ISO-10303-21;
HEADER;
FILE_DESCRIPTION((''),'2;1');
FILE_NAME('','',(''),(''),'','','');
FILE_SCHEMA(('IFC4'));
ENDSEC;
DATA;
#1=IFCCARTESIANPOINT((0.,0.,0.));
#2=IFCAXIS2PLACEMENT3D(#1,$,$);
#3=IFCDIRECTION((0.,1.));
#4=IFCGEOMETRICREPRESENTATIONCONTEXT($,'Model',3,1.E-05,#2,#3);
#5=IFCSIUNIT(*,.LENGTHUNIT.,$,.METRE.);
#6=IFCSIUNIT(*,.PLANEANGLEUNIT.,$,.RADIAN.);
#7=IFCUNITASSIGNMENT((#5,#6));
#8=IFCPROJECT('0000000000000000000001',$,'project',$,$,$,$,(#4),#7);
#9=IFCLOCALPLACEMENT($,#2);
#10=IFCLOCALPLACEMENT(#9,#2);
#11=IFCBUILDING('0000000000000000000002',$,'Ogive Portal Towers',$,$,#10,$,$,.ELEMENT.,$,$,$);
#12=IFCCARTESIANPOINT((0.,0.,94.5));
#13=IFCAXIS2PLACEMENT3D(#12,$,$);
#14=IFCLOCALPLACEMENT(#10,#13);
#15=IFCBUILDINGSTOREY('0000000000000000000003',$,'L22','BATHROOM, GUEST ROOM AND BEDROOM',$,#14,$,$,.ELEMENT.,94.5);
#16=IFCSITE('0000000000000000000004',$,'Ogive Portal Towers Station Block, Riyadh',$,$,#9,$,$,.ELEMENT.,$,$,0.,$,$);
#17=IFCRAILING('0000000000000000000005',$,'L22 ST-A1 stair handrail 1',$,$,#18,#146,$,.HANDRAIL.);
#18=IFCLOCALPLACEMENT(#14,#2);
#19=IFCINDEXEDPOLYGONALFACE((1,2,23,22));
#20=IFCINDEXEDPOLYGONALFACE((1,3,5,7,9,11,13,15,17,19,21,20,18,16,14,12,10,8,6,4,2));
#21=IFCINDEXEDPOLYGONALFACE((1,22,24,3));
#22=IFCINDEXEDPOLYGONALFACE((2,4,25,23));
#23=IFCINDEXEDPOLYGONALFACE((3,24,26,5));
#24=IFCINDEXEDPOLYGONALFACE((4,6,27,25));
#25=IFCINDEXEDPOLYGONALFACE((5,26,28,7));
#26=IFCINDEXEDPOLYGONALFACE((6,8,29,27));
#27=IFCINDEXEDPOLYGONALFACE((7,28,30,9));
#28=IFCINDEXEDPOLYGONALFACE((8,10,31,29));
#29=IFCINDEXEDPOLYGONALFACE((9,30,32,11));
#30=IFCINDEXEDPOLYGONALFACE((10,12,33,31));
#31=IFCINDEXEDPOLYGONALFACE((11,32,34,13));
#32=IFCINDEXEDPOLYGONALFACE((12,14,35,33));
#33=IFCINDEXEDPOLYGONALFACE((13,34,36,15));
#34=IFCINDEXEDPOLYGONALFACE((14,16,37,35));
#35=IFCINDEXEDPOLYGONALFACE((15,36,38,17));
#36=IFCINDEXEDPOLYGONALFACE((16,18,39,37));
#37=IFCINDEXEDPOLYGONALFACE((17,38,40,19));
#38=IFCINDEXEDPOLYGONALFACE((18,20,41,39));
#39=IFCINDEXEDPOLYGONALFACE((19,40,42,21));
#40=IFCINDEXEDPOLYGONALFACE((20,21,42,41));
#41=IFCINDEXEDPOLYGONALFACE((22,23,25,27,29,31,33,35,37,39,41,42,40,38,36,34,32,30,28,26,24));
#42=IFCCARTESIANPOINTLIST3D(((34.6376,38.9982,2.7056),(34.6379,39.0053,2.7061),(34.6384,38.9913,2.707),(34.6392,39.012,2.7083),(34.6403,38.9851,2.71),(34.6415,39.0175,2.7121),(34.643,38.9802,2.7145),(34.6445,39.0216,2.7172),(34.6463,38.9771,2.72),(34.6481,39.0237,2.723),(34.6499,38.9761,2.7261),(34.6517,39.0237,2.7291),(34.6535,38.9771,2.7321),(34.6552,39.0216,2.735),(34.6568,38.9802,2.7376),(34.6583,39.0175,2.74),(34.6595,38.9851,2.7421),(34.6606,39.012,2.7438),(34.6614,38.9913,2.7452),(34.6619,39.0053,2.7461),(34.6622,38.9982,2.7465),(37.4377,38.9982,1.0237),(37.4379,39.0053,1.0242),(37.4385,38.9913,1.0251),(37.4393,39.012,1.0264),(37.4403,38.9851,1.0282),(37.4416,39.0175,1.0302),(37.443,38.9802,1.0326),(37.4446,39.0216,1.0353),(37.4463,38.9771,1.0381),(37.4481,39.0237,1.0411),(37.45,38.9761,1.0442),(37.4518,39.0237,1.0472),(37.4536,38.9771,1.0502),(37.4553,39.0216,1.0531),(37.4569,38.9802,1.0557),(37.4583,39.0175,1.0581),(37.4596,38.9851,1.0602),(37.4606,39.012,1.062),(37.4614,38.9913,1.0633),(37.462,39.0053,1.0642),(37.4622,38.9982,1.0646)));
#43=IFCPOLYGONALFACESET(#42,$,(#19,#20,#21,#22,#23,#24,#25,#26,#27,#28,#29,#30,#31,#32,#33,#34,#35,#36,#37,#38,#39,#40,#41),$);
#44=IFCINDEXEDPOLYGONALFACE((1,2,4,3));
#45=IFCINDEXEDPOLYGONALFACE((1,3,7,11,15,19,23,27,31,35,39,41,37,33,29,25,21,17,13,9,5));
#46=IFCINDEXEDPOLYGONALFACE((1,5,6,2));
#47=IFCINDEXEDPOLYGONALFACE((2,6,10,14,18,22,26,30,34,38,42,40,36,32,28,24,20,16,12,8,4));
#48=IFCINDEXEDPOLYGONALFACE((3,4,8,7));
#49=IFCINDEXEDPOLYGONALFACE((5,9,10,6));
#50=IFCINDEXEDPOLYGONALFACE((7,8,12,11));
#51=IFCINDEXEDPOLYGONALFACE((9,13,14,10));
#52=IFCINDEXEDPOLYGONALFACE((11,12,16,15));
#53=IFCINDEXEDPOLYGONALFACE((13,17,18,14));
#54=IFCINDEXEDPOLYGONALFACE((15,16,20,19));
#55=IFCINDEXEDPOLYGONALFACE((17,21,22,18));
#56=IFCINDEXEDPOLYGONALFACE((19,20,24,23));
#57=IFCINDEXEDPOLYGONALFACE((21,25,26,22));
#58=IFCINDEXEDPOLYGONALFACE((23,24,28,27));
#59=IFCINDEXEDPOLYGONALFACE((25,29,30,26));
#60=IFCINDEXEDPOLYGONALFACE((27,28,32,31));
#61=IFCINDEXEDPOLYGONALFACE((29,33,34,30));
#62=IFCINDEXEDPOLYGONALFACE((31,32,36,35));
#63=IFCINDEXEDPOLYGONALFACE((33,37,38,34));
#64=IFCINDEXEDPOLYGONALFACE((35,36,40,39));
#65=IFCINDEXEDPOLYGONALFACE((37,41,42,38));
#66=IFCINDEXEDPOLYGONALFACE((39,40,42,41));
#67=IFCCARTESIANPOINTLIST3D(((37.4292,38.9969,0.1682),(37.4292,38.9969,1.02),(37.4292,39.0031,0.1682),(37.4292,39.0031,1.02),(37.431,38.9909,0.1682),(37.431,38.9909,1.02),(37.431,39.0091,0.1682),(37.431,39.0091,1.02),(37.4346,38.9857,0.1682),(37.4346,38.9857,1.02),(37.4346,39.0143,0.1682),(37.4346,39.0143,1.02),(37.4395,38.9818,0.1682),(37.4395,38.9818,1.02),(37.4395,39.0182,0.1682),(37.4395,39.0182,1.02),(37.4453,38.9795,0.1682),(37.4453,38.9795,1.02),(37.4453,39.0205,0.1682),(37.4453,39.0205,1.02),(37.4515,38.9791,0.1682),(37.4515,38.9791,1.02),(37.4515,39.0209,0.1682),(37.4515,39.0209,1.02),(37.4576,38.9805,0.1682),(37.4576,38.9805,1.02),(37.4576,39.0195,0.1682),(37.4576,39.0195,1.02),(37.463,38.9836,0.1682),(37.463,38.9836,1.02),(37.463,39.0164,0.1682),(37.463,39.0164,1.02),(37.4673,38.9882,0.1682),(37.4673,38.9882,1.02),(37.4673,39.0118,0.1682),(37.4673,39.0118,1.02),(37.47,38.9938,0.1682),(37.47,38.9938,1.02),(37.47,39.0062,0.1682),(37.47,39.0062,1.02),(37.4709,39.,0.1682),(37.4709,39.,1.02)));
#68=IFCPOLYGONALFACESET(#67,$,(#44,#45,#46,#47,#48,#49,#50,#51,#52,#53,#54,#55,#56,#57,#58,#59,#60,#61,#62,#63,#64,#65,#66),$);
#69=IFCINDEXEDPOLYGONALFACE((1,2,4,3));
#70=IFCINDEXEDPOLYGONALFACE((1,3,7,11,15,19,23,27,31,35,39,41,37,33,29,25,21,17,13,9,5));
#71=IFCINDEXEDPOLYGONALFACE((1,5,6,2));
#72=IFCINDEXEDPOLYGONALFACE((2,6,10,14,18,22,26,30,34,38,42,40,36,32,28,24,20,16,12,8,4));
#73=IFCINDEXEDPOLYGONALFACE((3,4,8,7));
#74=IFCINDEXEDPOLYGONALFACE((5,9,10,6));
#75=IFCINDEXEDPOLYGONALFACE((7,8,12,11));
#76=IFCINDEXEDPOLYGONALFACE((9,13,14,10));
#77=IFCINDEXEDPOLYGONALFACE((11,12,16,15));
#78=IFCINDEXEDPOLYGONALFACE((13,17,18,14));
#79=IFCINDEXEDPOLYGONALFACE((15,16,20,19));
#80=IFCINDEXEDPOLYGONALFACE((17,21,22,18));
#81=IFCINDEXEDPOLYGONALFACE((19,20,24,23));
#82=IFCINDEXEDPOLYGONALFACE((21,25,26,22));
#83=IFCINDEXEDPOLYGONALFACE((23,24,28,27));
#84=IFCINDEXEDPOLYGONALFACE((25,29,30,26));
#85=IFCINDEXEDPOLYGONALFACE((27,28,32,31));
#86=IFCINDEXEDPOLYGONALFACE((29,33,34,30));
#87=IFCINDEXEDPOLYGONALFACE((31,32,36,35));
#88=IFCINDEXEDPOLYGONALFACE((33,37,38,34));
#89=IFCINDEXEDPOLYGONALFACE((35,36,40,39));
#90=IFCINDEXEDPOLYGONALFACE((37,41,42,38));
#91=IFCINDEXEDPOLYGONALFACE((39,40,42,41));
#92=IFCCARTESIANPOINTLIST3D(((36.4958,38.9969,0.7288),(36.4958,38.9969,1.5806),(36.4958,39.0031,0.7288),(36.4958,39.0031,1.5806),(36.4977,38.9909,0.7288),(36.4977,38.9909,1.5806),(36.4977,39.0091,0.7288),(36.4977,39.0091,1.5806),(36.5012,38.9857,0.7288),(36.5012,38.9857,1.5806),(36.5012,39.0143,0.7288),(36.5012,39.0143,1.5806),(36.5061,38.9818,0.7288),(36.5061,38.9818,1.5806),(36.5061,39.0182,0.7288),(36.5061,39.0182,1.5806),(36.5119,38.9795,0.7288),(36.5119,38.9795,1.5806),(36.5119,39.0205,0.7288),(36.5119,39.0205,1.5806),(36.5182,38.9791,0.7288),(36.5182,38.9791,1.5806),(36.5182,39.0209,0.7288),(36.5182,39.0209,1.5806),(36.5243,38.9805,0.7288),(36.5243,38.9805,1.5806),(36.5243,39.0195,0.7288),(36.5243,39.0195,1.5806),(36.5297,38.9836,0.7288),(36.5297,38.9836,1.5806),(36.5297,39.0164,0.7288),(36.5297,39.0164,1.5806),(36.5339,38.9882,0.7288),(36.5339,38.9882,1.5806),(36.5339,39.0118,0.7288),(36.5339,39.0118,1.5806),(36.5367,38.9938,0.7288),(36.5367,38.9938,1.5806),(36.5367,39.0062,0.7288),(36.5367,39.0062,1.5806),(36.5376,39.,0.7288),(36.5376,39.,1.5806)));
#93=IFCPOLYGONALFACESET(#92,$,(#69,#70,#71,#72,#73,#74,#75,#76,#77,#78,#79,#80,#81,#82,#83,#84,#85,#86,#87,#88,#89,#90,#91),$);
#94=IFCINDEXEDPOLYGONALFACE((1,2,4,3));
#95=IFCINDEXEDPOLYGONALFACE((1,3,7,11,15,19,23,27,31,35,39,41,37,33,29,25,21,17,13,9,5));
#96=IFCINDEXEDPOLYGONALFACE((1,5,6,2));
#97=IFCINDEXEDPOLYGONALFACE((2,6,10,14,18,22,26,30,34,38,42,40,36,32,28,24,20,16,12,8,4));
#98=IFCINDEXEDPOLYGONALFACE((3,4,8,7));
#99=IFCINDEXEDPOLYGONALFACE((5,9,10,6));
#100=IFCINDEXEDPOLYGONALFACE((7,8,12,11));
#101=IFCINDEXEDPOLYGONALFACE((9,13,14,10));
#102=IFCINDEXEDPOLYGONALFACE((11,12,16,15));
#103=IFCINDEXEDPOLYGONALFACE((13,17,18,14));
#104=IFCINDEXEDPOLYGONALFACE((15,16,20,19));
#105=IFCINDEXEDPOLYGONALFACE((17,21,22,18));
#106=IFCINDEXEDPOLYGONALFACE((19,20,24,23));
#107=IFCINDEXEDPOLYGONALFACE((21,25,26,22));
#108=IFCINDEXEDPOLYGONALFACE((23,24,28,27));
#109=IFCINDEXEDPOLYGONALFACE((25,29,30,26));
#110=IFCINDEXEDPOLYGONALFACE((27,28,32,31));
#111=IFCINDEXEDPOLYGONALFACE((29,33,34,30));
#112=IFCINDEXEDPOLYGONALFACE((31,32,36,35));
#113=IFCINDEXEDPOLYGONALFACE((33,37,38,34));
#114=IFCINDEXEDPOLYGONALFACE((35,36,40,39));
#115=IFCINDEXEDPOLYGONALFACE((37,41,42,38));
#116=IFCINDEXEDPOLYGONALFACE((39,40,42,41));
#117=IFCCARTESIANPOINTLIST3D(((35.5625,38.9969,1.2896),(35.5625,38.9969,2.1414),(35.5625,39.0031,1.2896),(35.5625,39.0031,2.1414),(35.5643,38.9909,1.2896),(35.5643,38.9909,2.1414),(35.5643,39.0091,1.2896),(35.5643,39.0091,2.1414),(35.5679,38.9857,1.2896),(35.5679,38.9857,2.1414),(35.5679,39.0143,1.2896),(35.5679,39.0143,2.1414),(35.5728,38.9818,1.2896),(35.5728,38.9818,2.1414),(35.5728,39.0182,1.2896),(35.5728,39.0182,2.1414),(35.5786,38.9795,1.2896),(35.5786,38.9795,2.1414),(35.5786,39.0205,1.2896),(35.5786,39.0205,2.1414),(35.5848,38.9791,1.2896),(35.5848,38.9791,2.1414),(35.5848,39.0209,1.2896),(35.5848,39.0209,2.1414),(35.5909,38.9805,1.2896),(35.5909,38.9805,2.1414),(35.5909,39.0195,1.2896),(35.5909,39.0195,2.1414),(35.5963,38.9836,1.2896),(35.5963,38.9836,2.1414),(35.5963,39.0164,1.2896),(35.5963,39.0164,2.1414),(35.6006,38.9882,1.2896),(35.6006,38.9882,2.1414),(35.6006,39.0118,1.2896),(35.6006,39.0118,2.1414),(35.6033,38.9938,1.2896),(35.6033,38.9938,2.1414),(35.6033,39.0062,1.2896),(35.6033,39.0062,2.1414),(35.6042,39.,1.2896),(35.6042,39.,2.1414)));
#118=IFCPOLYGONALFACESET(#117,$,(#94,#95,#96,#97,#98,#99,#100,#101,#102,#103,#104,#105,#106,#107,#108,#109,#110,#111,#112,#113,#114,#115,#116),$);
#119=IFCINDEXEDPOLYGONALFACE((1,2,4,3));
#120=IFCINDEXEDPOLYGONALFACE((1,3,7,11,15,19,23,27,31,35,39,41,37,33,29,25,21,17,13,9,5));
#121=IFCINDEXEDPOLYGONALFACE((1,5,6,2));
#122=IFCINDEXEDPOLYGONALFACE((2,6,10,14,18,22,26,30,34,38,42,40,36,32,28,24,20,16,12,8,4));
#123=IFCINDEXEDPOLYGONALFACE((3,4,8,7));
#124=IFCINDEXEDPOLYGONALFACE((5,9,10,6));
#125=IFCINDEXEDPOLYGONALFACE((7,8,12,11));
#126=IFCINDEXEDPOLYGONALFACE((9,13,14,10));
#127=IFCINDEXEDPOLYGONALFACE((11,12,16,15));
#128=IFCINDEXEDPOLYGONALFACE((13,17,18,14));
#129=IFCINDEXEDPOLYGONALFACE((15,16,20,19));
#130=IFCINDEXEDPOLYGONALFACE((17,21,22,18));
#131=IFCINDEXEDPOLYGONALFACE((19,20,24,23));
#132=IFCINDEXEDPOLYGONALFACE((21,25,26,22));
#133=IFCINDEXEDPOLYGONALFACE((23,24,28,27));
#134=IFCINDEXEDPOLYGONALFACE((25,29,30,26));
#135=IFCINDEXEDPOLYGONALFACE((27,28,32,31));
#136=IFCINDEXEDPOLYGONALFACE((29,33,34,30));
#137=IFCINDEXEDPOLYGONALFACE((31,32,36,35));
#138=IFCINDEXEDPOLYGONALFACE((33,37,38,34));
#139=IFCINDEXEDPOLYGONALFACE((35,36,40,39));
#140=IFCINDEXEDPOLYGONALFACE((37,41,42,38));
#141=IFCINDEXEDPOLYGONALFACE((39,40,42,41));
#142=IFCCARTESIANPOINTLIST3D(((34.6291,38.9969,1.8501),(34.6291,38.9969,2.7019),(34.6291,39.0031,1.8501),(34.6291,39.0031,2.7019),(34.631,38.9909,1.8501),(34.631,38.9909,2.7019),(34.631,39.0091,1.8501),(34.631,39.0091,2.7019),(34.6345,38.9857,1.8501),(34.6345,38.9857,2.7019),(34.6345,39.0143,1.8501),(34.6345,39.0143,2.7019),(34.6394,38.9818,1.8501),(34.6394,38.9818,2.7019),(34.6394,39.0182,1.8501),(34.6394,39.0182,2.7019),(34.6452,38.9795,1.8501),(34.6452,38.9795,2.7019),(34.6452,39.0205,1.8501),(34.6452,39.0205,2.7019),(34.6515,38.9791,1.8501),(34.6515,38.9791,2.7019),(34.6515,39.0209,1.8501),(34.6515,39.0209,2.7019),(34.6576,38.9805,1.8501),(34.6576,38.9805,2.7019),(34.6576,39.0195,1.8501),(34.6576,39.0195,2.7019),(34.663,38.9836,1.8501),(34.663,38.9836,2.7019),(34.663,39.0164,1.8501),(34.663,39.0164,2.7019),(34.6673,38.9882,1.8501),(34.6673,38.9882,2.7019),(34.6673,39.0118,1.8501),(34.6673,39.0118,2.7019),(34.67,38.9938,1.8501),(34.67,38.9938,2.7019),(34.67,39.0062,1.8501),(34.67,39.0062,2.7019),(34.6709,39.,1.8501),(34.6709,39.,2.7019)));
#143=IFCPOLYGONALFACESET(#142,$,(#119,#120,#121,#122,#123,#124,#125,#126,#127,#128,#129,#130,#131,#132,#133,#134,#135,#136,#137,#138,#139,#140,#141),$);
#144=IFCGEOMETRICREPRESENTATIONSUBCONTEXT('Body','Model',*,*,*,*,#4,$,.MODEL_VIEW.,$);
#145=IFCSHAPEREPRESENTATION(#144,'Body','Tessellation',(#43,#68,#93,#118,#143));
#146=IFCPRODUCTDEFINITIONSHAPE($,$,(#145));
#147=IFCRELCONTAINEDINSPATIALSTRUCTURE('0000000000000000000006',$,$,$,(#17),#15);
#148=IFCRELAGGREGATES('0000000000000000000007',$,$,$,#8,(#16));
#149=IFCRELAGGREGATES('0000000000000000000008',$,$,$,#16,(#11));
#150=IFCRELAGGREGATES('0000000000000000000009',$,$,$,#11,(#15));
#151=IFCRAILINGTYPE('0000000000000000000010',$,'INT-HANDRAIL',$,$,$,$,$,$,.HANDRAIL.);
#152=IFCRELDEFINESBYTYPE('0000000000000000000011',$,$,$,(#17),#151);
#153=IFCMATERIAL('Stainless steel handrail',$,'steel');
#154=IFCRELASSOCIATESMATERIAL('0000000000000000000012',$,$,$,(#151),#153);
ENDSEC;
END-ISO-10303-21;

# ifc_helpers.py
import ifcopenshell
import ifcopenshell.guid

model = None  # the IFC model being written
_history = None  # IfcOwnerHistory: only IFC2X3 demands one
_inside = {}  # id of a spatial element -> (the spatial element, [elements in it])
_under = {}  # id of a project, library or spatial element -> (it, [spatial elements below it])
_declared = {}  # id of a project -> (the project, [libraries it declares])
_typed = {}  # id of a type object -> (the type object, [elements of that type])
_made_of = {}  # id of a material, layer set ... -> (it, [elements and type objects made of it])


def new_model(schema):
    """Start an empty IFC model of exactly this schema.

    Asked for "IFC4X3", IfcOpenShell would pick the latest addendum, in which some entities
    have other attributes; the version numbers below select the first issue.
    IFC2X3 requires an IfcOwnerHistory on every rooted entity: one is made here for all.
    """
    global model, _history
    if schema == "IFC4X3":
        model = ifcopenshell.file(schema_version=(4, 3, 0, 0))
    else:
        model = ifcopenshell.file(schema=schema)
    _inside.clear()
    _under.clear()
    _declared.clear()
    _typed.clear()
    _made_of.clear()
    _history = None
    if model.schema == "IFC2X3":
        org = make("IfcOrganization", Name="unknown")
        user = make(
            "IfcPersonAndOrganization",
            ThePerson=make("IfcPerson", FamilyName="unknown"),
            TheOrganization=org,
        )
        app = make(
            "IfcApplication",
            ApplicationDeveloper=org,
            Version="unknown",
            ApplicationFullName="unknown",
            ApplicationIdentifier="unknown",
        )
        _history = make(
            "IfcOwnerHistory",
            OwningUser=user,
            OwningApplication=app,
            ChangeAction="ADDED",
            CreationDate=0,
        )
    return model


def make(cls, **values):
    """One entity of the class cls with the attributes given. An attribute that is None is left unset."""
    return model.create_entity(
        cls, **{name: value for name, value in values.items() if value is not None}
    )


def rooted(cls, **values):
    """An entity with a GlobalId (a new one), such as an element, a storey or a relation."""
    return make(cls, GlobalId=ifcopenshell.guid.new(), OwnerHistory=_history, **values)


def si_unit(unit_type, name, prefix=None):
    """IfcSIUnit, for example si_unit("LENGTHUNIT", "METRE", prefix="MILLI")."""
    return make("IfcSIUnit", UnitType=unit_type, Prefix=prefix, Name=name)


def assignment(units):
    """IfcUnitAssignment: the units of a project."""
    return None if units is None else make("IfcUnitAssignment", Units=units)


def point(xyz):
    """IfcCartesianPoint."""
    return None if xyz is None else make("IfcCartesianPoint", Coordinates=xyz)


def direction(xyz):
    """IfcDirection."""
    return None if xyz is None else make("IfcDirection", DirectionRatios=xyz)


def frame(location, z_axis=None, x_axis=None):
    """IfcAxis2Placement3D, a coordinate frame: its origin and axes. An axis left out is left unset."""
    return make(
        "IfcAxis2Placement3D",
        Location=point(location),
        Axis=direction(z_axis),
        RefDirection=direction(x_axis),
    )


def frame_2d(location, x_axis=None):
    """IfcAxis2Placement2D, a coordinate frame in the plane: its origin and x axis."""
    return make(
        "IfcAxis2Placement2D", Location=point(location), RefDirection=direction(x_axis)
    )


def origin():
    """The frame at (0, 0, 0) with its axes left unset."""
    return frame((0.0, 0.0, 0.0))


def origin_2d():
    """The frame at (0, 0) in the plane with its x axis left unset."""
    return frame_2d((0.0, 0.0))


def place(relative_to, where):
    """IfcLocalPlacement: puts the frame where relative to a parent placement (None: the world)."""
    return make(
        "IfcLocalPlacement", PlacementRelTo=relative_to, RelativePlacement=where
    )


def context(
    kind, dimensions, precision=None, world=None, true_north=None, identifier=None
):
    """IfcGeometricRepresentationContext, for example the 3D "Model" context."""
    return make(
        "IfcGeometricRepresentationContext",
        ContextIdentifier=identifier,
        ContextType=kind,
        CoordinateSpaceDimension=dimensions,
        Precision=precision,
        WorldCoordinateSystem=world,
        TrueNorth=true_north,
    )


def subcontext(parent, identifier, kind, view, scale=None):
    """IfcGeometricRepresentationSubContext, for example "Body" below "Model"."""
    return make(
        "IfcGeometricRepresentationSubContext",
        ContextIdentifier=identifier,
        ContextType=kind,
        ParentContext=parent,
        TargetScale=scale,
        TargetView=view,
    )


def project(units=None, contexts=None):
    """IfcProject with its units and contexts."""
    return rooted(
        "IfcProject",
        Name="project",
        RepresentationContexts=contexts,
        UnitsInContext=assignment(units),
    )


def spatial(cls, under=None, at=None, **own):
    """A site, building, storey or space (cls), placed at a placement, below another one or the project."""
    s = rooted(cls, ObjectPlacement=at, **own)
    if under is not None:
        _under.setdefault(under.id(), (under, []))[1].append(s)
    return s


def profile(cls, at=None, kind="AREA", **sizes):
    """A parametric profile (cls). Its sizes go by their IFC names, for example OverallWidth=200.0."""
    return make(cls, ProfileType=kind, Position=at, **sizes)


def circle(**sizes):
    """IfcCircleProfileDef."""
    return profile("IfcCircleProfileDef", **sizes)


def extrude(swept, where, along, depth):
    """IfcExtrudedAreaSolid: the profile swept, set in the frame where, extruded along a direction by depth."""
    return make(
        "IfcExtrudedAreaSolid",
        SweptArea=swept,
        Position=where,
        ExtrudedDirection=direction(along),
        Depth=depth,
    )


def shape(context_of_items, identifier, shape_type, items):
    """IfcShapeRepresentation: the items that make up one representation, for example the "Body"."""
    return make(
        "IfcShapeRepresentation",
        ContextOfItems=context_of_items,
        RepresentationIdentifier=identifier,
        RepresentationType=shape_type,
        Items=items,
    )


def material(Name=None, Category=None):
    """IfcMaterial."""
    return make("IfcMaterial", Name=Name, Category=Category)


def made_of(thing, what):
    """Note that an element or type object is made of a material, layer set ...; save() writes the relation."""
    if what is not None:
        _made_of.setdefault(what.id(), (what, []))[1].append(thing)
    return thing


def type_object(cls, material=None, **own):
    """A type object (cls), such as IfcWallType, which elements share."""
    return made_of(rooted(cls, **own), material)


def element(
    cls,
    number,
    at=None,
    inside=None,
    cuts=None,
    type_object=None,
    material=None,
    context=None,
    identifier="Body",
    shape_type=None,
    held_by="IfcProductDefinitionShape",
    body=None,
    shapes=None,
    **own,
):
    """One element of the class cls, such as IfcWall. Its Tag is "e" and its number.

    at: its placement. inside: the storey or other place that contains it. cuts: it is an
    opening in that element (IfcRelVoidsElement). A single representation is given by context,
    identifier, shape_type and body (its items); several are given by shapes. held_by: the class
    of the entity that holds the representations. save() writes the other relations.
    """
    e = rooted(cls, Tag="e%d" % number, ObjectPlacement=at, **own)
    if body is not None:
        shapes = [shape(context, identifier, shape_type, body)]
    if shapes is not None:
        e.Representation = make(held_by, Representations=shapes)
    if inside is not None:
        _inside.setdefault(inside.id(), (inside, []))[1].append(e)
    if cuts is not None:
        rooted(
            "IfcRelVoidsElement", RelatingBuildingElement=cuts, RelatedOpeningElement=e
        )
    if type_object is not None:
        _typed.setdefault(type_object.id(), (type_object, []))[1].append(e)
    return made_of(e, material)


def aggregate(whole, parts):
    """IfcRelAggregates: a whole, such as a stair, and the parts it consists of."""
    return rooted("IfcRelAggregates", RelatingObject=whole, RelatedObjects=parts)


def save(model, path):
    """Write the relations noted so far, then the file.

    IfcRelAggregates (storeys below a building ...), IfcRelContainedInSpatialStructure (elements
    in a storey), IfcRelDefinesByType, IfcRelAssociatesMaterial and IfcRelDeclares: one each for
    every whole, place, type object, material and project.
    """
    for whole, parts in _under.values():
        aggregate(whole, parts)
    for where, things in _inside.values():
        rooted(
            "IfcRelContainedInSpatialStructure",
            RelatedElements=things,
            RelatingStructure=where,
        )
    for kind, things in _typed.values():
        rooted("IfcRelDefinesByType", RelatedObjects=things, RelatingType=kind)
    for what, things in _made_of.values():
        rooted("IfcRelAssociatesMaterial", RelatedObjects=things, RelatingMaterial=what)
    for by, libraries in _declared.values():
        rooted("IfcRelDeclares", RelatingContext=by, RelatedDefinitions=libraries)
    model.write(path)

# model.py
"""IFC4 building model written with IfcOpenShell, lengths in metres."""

from ifc_helpers import new_model, si_unit, direction, frame, origin, origin_2d, place, context, subcontext, project, spatial, circle, extrude, material, type_object, element, save


model = new_model("IFC4")

# Units and contexts
model_context = context("Model", 3, precision=1e-05, world=origin(), true_north=direction((0.0, 1.0)))
body_context = subcontext(model_context, "Body", "Model", "MODEL_VIEW")
ifc_project = project(units=[si_unit("LENGTHUNIT", "METRE"), si_unit("PLANEANGLEUNIT", "RADIAN")], contexts=[model_context])

# Site, building, storey
site_placement = place(None, origin())
site = spatial("IfcSite", under=ifc_project, at=site_placement, Name="Ogive Portal Towers Station Block, Riyadh", CompositionType="ELEMENT", RefElevation=0.0)
building_placement = place(site_placement, origin())
building = spatial("IfcBuilding", under=site, at=building_placement, Name="Ogive Portal Towers", CompositionType="ELEMENT")
storey_placement = place(building_placement, frame((0.0, 0.0, 94.5)))
storey = spatial("IfcBuildingStorey", under=building, at=storey_placement, Name="L22", Description="BATHROOM, GUEST ROOM AND BEDROOM", CompositionType="ELEMENT", Elevation=94.5)

# Railing
ifc_material_1 = material(Name="Stainless steel handrail", Category="steel")
railing_type_1 = type_object("IfcRailingType", Name="INT-HANDRAIL", PredefinedType="HANDRAIL", material=ifc_material_1)
railing_1_placement = place(storey_placement, frame((37.45, 39.0, 0.1682)))
element("IfcRailing", 1, at=railing_1_placement, inside=storey, type_object=railing_type_1, Name="L22 ST-A1 stair handrail 1", PredefinedType="HANDRAIL", context=body_context, shape_type="SweptSolid", body=[
    extrude(circle(Radius=0.0239, at=origin_2d()), frame((0.0, 0.0, 0.876), z_axis=(-0.857242, 0.0, 0.514913), x_axis=(0.0, -1.0, 0.0)), (0.0, 0.0, 1.0), 3.2664),
    extrude(circle(Radius=0.021, at=origin_2d()), origin(), (0.0, 0.0, 1.0), 0.8518),
    extrude(circle(Radius=0.021, at=origin_2d()), frame((-0.9333, 0.0, 0.5605)), (0.0, 0.0, 1.0), 0.8518),
    extrude(circle(Radius=0.021, at=origin_2d()), frame((-1.8667, 0.0, 1.1213)), (0.0, 0.0, 1.0), 0.8518),
    extrude(circle(Radius=0.021, at=origin_2d()), frame((-2.8, 0.0, 1.6819)), (0.0, 0.0, 1.0), 0.8518),
])

save(model, "model.ifc")
